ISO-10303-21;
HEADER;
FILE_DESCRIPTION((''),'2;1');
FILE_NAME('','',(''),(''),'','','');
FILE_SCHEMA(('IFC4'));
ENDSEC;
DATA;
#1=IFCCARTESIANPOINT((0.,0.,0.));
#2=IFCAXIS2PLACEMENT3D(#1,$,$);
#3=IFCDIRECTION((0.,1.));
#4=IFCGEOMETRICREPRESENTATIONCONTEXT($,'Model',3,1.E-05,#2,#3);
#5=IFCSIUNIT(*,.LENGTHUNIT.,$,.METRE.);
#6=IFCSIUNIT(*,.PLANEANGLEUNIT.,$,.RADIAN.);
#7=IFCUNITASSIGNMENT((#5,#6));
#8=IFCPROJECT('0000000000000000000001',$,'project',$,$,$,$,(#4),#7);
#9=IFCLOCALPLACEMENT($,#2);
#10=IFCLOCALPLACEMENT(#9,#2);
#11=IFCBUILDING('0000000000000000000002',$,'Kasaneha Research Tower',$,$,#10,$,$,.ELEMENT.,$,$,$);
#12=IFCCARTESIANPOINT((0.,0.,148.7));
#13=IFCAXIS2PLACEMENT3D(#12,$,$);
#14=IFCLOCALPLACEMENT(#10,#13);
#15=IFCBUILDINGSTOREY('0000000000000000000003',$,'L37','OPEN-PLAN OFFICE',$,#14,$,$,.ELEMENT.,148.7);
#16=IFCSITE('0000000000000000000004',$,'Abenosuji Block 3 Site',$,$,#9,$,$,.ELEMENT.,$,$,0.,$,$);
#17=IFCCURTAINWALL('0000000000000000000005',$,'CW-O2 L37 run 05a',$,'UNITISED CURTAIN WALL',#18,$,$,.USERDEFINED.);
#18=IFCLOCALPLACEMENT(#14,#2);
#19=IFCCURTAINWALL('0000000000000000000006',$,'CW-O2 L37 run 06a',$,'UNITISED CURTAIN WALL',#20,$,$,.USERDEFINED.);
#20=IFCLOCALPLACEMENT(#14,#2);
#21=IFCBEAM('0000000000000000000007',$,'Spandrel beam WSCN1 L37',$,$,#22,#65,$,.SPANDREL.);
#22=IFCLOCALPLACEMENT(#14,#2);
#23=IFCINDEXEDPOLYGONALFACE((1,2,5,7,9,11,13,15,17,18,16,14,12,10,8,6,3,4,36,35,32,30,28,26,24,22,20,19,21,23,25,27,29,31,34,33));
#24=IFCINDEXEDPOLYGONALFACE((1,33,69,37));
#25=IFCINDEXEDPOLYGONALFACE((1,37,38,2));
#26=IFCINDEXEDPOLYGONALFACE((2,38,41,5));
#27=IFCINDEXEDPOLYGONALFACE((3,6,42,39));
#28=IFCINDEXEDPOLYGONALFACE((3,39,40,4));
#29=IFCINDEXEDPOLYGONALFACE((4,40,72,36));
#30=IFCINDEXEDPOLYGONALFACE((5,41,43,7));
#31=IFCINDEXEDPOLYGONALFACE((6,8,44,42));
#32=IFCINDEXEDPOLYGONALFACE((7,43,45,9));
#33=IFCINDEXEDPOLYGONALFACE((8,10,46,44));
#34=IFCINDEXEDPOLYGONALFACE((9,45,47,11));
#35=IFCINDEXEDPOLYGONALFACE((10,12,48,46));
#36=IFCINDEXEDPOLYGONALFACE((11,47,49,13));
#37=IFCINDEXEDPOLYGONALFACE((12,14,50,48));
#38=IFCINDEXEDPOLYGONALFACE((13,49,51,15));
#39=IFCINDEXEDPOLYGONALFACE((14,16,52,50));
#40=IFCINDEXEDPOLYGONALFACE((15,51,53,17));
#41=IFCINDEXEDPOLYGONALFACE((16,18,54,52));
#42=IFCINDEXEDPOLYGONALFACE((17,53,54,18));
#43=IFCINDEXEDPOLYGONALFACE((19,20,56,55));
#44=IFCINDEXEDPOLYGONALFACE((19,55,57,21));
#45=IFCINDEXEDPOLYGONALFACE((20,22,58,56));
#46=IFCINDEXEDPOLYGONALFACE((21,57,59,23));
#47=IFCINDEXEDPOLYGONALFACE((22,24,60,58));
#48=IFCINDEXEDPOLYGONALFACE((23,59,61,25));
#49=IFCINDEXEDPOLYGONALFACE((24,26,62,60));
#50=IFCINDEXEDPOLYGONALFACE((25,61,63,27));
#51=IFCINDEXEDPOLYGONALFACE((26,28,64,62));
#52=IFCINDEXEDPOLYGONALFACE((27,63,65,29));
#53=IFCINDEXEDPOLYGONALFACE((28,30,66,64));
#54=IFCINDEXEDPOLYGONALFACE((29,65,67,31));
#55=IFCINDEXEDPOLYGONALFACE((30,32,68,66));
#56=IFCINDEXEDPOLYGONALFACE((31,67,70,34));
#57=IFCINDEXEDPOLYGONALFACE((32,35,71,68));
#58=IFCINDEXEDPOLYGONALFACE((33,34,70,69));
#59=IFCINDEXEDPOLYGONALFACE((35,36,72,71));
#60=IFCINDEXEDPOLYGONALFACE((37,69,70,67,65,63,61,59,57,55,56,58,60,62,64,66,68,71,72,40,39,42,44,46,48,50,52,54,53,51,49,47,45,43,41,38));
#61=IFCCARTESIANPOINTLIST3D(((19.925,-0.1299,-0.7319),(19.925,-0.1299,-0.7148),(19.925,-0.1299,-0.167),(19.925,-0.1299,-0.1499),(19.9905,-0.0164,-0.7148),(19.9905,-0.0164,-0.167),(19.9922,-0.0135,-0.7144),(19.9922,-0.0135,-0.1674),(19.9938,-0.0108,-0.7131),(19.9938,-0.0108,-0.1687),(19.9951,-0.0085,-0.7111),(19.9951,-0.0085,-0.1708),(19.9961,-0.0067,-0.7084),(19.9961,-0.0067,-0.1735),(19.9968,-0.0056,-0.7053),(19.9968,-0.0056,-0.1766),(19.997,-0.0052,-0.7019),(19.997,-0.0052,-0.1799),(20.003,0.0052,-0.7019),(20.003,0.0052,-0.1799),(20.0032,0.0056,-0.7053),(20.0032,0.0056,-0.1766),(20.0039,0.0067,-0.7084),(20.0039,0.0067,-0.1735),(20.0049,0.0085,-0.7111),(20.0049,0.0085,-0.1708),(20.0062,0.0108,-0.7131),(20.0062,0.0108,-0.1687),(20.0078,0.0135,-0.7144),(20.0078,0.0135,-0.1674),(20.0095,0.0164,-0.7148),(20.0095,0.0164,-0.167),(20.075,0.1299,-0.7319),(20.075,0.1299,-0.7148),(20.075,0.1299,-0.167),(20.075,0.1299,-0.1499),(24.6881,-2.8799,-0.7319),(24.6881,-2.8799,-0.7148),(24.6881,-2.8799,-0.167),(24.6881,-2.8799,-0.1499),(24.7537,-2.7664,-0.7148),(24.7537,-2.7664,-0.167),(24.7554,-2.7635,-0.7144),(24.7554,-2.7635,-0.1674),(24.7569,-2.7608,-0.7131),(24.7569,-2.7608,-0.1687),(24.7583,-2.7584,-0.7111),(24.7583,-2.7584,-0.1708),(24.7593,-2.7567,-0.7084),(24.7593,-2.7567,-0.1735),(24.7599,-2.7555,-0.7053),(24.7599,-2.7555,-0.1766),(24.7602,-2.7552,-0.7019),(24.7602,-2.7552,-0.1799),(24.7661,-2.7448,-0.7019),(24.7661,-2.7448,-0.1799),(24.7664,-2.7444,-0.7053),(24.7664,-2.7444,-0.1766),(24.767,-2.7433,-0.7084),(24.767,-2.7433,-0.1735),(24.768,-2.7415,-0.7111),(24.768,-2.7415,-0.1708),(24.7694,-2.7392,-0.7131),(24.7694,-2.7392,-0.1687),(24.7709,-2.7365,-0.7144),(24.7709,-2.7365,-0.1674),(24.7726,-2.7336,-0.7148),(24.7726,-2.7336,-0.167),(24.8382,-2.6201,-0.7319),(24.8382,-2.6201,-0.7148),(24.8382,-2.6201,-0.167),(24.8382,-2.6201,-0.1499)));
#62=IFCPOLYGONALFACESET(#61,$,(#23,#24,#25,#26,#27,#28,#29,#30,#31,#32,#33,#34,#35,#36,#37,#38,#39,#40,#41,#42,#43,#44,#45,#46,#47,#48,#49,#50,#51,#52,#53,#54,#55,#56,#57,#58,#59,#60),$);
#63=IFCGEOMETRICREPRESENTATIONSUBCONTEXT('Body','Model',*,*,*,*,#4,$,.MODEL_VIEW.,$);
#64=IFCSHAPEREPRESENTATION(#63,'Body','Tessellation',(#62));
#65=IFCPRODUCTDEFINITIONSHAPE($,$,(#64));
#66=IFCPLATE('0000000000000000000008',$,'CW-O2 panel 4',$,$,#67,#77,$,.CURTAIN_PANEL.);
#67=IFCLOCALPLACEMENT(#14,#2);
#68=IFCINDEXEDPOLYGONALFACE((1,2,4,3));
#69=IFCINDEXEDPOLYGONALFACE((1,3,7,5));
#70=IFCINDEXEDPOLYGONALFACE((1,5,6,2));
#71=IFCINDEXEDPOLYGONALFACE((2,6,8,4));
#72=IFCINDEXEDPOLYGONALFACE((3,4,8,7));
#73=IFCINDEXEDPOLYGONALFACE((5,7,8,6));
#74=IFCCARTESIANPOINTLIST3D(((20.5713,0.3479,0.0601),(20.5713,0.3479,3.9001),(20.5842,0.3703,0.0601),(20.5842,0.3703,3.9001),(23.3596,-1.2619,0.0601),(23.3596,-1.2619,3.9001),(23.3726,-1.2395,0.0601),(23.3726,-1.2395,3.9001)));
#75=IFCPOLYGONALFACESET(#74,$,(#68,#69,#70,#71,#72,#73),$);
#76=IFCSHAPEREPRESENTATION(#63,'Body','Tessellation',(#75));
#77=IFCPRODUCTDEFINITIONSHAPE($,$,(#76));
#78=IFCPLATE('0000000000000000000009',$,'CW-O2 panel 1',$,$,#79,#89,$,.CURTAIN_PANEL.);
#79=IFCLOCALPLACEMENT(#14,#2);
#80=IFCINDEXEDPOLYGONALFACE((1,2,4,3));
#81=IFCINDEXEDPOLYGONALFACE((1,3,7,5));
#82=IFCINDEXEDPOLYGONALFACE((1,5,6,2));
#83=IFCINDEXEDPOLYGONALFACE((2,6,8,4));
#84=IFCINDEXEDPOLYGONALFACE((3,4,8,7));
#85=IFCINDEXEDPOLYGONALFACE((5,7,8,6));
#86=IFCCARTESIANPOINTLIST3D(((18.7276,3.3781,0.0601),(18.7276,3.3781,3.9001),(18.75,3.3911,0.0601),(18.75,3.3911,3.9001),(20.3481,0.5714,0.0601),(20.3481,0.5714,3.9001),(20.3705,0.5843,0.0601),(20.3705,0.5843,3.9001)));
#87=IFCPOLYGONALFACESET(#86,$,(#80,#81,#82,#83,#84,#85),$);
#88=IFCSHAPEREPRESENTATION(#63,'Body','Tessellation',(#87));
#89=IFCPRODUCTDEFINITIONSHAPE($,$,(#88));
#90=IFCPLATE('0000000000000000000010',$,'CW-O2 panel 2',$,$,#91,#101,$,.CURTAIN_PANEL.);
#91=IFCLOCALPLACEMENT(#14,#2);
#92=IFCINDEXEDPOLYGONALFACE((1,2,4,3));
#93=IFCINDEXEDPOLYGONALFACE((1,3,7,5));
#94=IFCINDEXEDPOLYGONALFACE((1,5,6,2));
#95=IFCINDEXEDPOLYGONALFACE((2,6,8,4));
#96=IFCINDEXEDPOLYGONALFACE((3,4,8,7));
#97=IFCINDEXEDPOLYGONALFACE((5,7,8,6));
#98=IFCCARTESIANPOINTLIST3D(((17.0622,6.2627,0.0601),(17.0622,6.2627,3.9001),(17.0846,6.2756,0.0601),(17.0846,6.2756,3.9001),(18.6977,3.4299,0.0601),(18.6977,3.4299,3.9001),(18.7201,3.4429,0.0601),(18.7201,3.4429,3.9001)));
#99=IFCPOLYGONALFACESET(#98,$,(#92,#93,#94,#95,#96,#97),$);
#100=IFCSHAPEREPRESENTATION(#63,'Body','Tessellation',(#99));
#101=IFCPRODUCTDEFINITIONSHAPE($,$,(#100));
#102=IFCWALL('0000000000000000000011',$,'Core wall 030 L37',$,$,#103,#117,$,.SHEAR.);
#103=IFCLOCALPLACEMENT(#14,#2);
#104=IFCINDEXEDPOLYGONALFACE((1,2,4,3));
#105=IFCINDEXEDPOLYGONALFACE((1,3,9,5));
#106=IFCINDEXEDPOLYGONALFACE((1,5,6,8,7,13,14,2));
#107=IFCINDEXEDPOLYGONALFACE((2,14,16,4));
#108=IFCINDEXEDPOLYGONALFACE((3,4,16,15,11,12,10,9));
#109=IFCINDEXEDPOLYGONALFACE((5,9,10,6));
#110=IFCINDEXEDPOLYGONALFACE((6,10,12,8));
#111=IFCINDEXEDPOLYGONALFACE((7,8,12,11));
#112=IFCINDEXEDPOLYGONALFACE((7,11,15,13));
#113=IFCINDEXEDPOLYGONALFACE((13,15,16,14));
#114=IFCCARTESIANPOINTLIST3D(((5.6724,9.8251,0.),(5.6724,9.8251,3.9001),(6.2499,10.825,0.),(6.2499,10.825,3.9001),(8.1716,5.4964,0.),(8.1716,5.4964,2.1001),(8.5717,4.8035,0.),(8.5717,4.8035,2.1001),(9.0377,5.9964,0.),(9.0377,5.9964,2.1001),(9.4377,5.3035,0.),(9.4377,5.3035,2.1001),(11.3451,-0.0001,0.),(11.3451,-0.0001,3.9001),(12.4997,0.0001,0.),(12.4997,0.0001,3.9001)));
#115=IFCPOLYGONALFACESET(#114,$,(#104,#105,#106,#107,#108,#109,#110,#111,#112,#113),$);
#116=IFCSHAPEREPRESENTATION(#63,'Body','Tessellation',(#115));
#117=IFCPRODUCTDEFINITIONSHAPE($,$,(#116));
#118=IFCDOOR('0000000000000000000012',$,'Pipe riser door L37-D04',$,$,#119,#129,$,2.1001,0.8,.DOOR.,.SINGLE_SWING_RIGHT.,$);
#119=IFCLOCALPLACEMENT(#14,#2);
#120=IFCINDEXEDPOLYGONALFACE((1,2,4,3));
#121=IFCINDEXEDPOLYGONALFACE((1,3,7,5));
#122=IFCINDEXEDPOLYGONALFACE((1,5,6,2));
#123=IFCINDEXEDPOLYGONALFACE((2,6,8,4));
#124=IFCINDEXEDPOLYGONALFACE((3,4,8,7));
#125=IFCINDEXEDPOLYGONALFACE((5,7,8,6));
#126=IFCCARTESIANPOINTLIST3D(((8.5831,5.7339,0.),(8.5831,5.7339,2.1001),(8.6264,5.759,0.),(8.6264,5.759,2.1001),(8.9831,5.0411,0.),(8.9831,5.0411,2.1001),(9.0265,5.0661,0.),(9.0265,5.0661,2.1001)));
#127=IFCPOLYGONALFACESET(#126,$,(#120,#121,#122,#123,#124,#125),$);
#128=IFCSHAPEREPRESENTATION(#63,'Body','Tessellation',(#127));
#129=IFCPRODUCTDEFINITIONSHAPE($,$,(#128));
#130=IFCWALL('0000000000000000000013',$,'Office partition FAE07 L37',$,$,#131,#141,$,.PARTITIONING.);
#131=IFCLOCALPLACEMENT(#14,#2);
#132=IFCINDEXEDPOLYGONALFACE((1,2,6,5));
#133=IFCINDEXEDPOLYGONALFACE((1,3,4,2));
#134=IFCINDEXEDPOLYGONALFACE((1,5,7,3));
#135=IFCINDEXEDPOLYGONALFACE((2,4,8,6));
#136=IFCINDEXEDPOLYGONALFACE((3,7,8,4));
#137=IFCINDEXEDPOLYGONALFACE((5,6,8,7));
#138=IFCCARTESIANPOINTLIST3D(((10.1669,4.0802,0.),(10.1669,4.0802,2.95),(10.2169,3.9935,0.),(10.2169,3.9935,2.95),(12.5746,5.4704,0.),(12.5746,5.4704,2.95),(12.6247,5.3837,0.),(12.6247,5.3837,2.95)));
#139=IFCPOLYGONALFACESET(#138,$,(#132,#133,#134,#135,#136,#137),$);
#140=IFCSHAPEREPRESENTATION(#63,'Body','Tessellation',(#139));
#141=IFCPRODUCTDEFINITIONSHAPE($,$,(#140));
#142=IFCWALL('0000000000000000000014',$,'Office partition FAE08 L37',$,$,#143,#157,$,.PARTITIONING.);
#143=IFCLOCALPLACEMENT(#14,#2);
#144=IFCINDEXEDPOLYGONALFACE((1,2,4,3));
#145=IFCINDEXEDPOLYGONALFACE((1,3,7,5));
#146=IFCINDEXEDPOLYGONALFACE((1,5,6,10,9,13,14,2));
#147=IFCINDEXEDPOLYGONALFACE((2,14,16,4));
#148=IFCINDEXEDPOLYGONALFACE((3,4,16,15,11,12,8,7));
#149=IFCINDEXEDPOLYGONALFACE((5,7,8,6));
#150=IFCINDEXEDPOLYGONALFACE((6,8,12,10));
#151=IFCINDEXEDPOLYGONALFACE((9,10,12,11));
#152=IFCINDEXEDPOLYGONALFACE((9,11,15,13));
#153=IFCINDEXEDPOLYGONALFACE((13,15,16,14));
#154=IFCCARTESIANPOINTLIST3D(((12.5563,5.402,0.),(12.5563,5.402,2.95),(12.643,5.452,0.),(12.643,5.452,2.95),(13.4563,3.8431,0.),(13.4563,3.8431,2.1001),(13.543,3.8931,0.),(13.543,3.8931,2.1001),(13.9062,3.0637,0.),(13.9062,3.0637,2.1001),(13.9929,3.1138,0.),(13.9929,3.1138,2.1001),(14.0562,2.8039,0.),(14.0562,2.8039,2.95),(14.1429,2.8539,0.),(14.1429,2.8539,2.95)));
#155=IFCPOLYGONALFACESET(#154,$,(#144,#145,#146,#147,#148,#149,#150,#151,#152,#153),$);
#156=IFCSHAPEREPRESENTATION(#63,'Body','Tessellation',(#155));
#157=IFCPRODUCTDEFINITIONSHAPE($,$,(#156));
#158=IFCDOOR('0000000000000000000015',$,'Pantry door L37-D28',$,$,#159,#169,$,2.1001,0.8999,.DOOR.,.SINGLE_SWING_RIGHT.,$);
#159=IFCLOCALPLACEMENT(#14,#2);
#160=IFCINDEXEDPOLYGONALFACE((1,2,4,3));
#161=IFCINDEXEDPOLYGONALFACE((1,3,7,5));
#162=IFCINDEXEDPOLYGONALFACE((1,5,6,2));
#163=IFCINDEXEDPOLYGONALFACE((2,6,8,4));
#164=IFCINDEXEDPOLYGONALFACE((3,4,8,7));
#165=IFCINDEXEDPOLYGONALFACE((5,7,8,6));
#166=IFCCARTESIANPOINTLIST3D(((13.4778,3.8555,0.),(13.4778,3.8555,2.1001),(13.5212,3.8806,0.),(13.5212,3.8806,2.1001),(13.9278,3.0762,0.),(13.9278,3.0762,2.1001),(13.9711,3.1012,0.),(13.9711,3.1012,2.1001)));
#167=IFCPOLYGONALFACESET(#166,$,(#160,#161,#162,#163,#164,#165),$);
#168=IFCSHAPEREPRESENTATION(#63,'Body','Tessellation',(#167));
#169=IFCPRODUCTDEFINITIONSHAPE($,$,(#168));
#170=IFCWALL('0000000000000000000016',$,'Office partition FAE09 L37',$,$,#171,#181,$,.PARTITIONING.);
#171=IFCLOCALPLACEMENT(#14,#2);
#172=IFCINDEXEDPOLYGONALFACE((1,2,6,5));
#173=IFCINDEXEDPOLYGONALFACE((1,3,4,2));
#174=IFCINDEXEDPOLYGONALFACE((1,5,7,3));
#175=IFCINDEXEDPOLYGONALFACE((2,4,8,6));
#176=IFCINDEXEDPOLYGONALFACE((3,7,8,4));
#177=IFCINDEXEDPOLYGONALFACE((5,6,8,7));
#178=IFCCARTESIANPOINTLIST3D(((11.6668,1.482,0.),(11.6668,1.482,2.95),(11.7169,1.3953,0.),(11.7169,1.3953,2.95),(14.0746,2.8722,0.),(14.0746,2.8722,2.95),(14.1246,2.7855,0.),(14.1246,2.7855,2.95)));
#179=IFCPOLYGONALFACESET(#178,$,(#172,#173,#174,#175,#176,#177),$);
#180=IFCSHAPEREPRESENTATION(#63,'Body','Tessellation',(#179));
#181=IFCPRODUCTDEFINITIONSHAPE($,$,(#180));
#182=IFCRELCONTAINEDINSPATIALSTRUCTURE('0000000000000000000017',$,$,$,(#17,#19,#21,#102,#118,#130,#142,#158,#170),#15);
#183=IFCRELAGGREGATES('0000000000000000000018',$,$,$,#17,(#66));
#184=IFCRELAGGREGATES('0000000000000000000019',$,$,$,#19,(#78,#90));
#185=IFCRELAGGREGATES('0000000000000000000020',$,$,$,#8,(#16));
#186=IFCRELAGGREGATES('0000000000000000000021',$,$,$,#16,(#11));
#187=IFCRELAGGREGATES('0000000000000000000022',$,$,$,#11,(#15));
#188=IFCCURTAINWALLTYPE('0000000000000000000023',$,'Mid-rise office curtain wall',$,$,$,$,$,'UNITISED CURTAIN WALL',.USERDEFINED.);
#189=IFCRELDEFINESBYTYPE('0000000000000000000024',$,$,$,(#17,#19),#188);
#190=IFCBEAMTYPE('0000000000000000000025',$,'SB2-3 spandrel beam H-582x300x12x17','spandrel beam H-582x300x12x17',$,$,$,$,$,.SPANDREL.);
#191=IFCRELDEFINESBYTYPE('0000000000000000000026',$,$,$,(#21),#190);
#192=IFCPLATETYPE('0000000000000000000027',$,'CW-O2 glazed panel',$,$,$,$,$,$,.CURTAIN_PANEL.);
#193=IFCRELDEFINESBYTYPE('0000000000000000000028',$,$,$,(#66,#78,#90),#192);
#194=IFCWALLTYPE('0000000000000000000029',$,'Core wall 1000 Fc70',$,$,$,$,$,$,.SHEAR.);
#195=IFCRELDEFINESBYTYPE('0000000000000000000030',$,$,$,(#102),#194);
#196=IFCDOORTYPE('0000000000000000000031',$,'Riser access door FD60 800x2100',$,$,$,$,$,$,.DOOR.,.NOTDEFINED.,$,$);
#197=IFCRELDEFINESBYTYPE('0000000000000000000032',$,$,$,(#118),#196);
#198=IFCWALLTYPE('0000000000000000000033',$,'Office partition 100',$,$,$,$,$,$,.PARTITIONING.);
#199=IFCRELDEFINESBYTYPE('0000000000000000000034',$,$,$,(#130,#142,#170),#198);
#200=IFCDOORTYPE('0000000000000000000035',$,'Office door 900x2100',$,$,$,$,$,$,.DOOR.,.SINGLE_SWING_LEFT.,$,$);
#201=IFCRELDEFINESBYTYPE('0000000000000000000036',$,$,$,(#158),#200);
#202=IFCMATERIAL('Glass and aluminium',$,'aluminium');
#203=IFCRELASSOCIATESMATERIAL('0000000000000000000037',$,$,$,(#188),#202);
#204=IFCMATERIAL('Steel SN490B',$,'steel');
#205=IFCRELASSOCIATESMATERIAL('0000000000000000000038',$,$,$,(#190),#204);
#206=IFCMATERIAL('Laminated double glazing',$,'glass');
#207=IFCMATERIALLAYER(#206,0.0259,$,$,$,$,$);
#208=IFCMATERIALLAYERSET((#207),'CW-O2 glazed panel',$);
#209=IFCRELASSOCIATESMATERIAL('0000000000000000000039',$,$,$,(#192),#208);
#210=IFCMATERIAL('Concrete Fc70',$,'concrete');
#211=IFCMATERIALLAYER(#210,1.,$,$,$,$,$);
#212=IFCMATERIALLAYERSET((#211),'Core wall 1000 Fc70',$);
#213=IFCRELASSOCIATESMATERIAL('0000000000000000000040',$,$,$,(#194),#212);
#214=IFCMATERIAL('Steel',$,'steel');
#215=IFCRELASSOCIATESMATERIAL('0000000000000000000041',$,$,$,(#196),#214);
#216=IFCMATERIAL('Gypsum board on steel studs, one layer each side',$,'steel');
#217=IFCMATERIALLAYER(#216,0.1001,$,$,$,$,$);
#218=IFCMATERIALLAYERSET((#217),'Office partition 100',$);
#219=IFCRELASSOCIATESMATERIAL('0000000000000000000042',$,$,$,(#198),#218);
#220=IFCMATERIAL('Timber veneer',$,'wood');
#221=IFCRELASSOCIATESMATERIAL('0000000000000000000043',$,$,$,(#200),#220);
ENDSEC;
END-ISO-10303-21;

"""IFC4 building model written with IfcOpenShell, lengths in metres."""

from ifc_helpers import new_model, si_unit, direction, frame, frame_2d, origin, origin_2d, place, context, subcontext, project, spatial, polyline, rectangle, i_section, outline, extrude, material, layer, layer_set, material_profile, profile_set, type_object, element, fill, aggregate, save


model = new_model("IFC4")

# Units and contexts
model_context = context("Model", 3, precision=1e-05, world=origin(), true_north=direction((0.0, 1.0)))
body_context = subcontext(model_context, "Body", "Model", "MODEL_VIEW")
ifc_project = project(units=[si_unit("LENGTHUNIT", "METRE"), si_unit("PLANEANGLEUNIT", "RADIAN")], contexts=[model_context])

# Site, building, storey
site_placement = place(None, origin())
site = spatial("IfcSite", under=ifc_project, at=site_placement, Name="Abenosuji Block 3 Site", CompositionType="ELEMENT", RefElevation=0.0)
building_placement = place(site_placement, origin())
building = spatial("IfcBuilding", under=site, at=building_placement, Name="Kasaneha Research Tower", CompositionType="ELEMENT")
storey_placement = place(building_placement, frame((0.0, 0.0, 148.7)))
storey = spatial("IfcBuildingStorey", under=building, at=storey_placement, Name="L37", Description="OPEN-PLAN OFFICE", CompositionType="ELEMENT", Elevation=148.7)

# Curtain walls
ifc_material_1 = material(Name="Glass and aluminium", Category="aluminium")
curtain_wall_type = type_object("IfcCurtainWallType", Name="Mid-rise office curtain wall", ElementType="UNITISED CURTAIN WALL", PredefinedType="USERDEFINED", material=ifc_material_1)
curtain_wall_1_placement = place(storey_placement, origin())
curtain_wall_1 = element("IfcCurtainWall", 1, at=curtain_wall_1_placement, inside=storey, type_object=curtain_wall_type, Name="CW-O2 L37 run 05a", ObjectType="UNITISED CURTAIN WALL", PredefinedType="USERDEFINED")
curtain_wall_2_placement = place(storey_placement, origin())
curtain_wall_2 = element("IfcCurtainWall", 2, at=curtain_wall_2_placement, inside=storey, type_object=curtain_wall_type, Name="CW-O2 L37 run 06a", ObjectType="UNITISED CURTAIN WALL", PredefinedType="USERDEFINED")

# Beam
ifc_material_2 = material(Name="Steel SN490B", Category="steel")
ifc_material_profile_1 = material_profile(ifc_material_2, i_section(OverallWidth=0.3, OverallDepth=0.582, WebThickness=0.012, FlangeThickness=0.0171, FilletRadius=0.0129, at=origin_2d()), Name="H-582x300x12x17")
ifc_profile_set_1 = profile_set([ifc_material_profile_1], Name="Steel SN490B")
beam_type_1 = type_object("IfcBeamType", Name="SB2-3 spandrel beam H-582x300x12x17", Description="spandrel beam H-582x300x12x17", PredefinedType="SPANDREL", material=ifc_profile_set_1)
beam_1_placement = place(storey_placement, frame((20.0, 0.0, -0.4409), z_axis=(0.866027, -0.499997, 0.0), x_axis=(0.499997, 0.866027, 0.0)))
element("IfcBeam", 3, at=beam_1_placement, inside=storey, type_object=beam_type_1, Name="Spandrel beam WSCN1 L37", PredefinedType="SPANDREL", context=body_context, shape_type="SweptSolid", body=[
    extrude(i_section(OverallWidth=0.3, OverallDepth=0.582, WebThickness=0.012, FlangeThickness=0.0171, FilletRadius=0.0129, at=origin_2d()), origin(), (0.0, 0.0, 1.0), 5.5),
])

# Plates
ifc_material_3 = material(Name="Laminated double glazing", Category="glass")
ifc_layer_1 = layer(ifc_material_3, 0.0259)
ifc_layer_set_1 = layer_set([ifc_layer_1], Name="CW-O2 glazed panel")
plate_type = type_object("IfcPlateType", Name="CW-O2 glazed panel", PredefinedType="CURTAIN_PANEL", material=ifc_layer_set_1)
plate_1_placement = place(storey_placement, frame((21.9719, -0.4458, 0.0601), z_axis=(0.0, 0.0, 1.0), x_axis=(-0.866025, 0.5, 0.0)))
plate_1 = element("IfcPlate", 4, at=plate_1_placement, type_object=plate_type, Name="CW-O2 panel 4", PredefinedType="CURTAIN_PANEL", context=body_context, shape_type="SweptSolid", body=[
    extrude(rectangle(XDim=3.2197, YDim=0.0259, at=origin_2d()), origin(), (0.0, 0.0, 1.0), 3.8401),
])
aggregate(curtain_wall_1, [plate_1])
plate_2_placement = place(storey_placement, frame((19.5491, 1.9812, 0.0601), z_axis=(0.0, 0.0, 1.0), x_axis=(-0.5, 0.866025, 0.0)))
plate_2 = element("IfcPlate", 5, at=plate_2_placement, type_object=plate_type, Name="CW-O2 panel 1", PredefinedType="CURTAIN_PANEL", context=body_context, shape_type="SweptSolid", body=[
    extrude(rectangle(XDim=3.241, YDim=0.0259, at=origin_2d()), origin(), (0.0, 0.0, 1.0), 3.8401),
])
plate_3_placement = place(storey_placement, frame((17.8911, 4.8528, 0.0601), z_axis=(0.0, 0.0, 1.0), x_axis=(-0.5, 0.866025, 0.0)))
plate_3 = element("IfcPlate", 6, at=plate_3_placement, type_object=plate_type, Name="CW-O2 panel 2", PredefinedType="CURTAIN_PANEL", context=body_context, shape_type="SweptSolid", body=[
    extrude(rectangle(XDim=3.271, YDim=0.0259, at=origin_2d()), origin(), (0.0, 0.0, 1.0), 3.8401),
])
aggregate(curtain_wall_2, [plate_2, plate_3])

# Wall, opening, door
ifc_material_4 = material(Name="Concrete Fc70", Category="concrete")
ifc_layer_2 = layer(ifc_material_4, 1.0)
ifc_layer_set_2 = layer_set([ifc_layer_2], Name="Core wall 1000 Fc70")
wall_type_1 = type_object("IfcWallType", Name="Core wall 1000 Fc70", PredefinedType="SHEAR", material=ifc_layer_set_2)
wall_1_placement = place(storey_placement, frame((11.9224, 0.0, 0.0), z_axis=(0.0, 0.0, 1.0), x_axis=(-0.500004, 0.866023, 0.0)))
wall_1 = element("IfcWall", 7, at=wall_1_placement, inside=storey, type_object=wall_type_1, Name="Core wall 030 L37", PredefinedType="SHEAR", context=body_context, shape_type="SweptSolid", body=[
    extrude(outline(polyline([(-0.2886, -0.5), (5.8354, -0.5), (6.6355, -0.5), (12.2109, -0.5), (11.6338, 0.5), (6.6355, 0.5), (5.8354, 0.5), (0.2886, 0.5), (-0.2886, -0.5)])), origin(), (0.0, 0.0, 1.0), 3.9001),
])
opening_1_placement = place(wall_1_placement, frame((5.8354, 0.0, 0.0)))
opening_1 = element("IfcOpeningElement", 8, at=opening_1_placement, cuts=wall_1, PredefinedType="OPENING", context=body_context, shape_type="SweptSolid", body=[
    extrude(rectangle(XDim=0.8, YDim=2.1001, at=frame_2d((0.3999, 1.05))), frame((0.0, 0.51, 0.0), z_axis=(0.0, -1.0, 0.0), x_axis=(1.0, 0.0, 0.0)), (0.0, 0.0, 1.0), 1.02),
])
ifc_material_5 = material(Name="Steel", Category="steel")
door_type_1 = type_object("IfcDoorType", Name="Riser access door FD60 800x2100", OperationType="NOTDEFINED", PredefinedType="DOOR", material=ifc_material_5)
door_1_placement = place(opening_1_placement, origin())
door_1 = element("IfcDoor", 9, at=door_1_placement, inside=storey, type_object=door_type_1, Name="Pipe riser door L37-D04", OperationType="SINGLE_SWING_RIGHT", OverallHeight=2.1001, OverallWidth=0.8, PredefinedType="DOOR", context=body_context, shape_type="SweptSolid", body=[
    extrude(rectangle(XDim=0.8, YDim=2.1001, at=frame_2d((0.3999, 1.05))), frame((0.0, 0.0249, 0.0), z_axis=(0.0, -1.0, 0.0), x_axis=(1.0, 0.0, 0.0)), (0.0, 0.0, 1.0), 0.05),
])
fill(opening_1, door_1)

# Wall
ifc_material_6 = material(Name="Gypsum board on steel studs, one layer each side", Category="steel")
ifc_layer_3 = layer(ifc_material_6, 0.1001)
ifc_layer_set_3 = layer_set([ifc_layer_3], Name="Office partition 100")
wall_type_2 = type_object("IfcWallType", Name="Office partition 100", PredefinedType="PARTITIONING", material=ifc_layer_set_3)
wall_2_placement = place(storey_placement, frame((10.1919, 4.0369, 0.0), z_axis=(0.0, 0.0, 1.0), x_axis=(0.866019, 0.500011, 0.0)))
element("IfcWall", 10, at=wall_2_placement, inside=storey, type_object=wall_type_2, Name="Office partition FAE07 L37", PredefinedType="PARTITIONING", context=body_context, shape_type="SweptSolid", body=[
    extrude(rectangle(XDim=2.7803, YDim=0.1001, at=frame_2d((1.3901, 0.0))), origin(), (0.0, 0.0, 1.0), 2.95),
])

# Wall, opening, door
wall_3_placement = place(storey_placement, frame((12.5996, 5.427, 0.0), z_axis=(0.0, 0.0, 1.0), x_axis=(0.49999, -0.866031, 0.0)))
wall_3 = element("IfcWall", 11, at=wall_3_placement, inside=storey, type_object=wall_type_2, Name="Office partition FAE08 L37", PredefinedType="PARTITIONING", context=body_context, shape_type="SweptSolid", body=[
    extrude(rectangle(XDim=3.0, YDim=0.1001, at=frame_2d((1.5, 0.0))), origin(), (0.0, 0.0, 1.0), 2.95),
])
opening_2_placement = place(wall_3_placement, frame((1.8, 0.0, 0.0)))
opening_2 = element("IfcOpeningElement", 12, at=opening_2_placement, cuts=wall_3, PredefinedType="OPENING", context=body_context, shape_type="SweptSolid", body=[
    extrude(rectangle(XDim=0.8999, YDim=2.1001, at=frame_2d((0.45, 1.05))), frame((0.0, 0.0601, 0.0), z_axis=(0.0, -1.0, 0.0), x_axis=(1.0, 0.0, 0.0)), (0.0, 0.0, 1.0), 0.1201),
])
ifc_material_7 = material(Name="Timber veneer", Category="wood")
door_type_2 = type_object("IfcDoorType", Name="Office door 900x2100", OperationType="SINGLE_SWING_LEFT", PredefinedType="DOOR", material=ifc_material_7)
door_2_placement = place(opening_2_placement, origin())
door_2 = element("IfcDoor", 13, at=door_2_placement, inside=storey, type_object=door_type_2, Name="Pantry door L37-D28", OperationType="SINGLE_SWING_RIGHT", OverallHeight=2.1001, OverallWidth=0.8999, PredefinedType="DOOR", context=body_context, shape_type="SweptSolid", body=[
    extrude(rectangle(XDim=0.8999, YDim=2.1001, at=frame_2d((0.45, 1.05))), frame((0.0, 0.0249, 0.0), z_axis=(0.0, -1.0, 0.0), x_axis=(1.0, 0.0, 0.0)), (0.0, 0.0, 1.0), 0.05),
])
fill(opening_2, door_2)

# Wall
wall_4_placement = place(storey_placement, frame((14.0996, 2.8289, 0.0), z_axis=(0.0, 0.0, 1.0), x_axis=(-0.866019, -0.500011, 0.0)))
element("IfcWall", 14, at=wall_4_placement, inside=storey, type_object=wall_type_2, Name="Office partition FAE09 L37", PredefinedType="PARTITIONING", context=body_context, shape_type="SweptSolid", body=[
    extrude(rectangle(XDim=2.7803, YDim=0.1001, at=frame_2d((1.3901, 0.0))), origin(), (0.0, 0.0, 1.0), 2.95),
])

save(model, "model.ifc")
